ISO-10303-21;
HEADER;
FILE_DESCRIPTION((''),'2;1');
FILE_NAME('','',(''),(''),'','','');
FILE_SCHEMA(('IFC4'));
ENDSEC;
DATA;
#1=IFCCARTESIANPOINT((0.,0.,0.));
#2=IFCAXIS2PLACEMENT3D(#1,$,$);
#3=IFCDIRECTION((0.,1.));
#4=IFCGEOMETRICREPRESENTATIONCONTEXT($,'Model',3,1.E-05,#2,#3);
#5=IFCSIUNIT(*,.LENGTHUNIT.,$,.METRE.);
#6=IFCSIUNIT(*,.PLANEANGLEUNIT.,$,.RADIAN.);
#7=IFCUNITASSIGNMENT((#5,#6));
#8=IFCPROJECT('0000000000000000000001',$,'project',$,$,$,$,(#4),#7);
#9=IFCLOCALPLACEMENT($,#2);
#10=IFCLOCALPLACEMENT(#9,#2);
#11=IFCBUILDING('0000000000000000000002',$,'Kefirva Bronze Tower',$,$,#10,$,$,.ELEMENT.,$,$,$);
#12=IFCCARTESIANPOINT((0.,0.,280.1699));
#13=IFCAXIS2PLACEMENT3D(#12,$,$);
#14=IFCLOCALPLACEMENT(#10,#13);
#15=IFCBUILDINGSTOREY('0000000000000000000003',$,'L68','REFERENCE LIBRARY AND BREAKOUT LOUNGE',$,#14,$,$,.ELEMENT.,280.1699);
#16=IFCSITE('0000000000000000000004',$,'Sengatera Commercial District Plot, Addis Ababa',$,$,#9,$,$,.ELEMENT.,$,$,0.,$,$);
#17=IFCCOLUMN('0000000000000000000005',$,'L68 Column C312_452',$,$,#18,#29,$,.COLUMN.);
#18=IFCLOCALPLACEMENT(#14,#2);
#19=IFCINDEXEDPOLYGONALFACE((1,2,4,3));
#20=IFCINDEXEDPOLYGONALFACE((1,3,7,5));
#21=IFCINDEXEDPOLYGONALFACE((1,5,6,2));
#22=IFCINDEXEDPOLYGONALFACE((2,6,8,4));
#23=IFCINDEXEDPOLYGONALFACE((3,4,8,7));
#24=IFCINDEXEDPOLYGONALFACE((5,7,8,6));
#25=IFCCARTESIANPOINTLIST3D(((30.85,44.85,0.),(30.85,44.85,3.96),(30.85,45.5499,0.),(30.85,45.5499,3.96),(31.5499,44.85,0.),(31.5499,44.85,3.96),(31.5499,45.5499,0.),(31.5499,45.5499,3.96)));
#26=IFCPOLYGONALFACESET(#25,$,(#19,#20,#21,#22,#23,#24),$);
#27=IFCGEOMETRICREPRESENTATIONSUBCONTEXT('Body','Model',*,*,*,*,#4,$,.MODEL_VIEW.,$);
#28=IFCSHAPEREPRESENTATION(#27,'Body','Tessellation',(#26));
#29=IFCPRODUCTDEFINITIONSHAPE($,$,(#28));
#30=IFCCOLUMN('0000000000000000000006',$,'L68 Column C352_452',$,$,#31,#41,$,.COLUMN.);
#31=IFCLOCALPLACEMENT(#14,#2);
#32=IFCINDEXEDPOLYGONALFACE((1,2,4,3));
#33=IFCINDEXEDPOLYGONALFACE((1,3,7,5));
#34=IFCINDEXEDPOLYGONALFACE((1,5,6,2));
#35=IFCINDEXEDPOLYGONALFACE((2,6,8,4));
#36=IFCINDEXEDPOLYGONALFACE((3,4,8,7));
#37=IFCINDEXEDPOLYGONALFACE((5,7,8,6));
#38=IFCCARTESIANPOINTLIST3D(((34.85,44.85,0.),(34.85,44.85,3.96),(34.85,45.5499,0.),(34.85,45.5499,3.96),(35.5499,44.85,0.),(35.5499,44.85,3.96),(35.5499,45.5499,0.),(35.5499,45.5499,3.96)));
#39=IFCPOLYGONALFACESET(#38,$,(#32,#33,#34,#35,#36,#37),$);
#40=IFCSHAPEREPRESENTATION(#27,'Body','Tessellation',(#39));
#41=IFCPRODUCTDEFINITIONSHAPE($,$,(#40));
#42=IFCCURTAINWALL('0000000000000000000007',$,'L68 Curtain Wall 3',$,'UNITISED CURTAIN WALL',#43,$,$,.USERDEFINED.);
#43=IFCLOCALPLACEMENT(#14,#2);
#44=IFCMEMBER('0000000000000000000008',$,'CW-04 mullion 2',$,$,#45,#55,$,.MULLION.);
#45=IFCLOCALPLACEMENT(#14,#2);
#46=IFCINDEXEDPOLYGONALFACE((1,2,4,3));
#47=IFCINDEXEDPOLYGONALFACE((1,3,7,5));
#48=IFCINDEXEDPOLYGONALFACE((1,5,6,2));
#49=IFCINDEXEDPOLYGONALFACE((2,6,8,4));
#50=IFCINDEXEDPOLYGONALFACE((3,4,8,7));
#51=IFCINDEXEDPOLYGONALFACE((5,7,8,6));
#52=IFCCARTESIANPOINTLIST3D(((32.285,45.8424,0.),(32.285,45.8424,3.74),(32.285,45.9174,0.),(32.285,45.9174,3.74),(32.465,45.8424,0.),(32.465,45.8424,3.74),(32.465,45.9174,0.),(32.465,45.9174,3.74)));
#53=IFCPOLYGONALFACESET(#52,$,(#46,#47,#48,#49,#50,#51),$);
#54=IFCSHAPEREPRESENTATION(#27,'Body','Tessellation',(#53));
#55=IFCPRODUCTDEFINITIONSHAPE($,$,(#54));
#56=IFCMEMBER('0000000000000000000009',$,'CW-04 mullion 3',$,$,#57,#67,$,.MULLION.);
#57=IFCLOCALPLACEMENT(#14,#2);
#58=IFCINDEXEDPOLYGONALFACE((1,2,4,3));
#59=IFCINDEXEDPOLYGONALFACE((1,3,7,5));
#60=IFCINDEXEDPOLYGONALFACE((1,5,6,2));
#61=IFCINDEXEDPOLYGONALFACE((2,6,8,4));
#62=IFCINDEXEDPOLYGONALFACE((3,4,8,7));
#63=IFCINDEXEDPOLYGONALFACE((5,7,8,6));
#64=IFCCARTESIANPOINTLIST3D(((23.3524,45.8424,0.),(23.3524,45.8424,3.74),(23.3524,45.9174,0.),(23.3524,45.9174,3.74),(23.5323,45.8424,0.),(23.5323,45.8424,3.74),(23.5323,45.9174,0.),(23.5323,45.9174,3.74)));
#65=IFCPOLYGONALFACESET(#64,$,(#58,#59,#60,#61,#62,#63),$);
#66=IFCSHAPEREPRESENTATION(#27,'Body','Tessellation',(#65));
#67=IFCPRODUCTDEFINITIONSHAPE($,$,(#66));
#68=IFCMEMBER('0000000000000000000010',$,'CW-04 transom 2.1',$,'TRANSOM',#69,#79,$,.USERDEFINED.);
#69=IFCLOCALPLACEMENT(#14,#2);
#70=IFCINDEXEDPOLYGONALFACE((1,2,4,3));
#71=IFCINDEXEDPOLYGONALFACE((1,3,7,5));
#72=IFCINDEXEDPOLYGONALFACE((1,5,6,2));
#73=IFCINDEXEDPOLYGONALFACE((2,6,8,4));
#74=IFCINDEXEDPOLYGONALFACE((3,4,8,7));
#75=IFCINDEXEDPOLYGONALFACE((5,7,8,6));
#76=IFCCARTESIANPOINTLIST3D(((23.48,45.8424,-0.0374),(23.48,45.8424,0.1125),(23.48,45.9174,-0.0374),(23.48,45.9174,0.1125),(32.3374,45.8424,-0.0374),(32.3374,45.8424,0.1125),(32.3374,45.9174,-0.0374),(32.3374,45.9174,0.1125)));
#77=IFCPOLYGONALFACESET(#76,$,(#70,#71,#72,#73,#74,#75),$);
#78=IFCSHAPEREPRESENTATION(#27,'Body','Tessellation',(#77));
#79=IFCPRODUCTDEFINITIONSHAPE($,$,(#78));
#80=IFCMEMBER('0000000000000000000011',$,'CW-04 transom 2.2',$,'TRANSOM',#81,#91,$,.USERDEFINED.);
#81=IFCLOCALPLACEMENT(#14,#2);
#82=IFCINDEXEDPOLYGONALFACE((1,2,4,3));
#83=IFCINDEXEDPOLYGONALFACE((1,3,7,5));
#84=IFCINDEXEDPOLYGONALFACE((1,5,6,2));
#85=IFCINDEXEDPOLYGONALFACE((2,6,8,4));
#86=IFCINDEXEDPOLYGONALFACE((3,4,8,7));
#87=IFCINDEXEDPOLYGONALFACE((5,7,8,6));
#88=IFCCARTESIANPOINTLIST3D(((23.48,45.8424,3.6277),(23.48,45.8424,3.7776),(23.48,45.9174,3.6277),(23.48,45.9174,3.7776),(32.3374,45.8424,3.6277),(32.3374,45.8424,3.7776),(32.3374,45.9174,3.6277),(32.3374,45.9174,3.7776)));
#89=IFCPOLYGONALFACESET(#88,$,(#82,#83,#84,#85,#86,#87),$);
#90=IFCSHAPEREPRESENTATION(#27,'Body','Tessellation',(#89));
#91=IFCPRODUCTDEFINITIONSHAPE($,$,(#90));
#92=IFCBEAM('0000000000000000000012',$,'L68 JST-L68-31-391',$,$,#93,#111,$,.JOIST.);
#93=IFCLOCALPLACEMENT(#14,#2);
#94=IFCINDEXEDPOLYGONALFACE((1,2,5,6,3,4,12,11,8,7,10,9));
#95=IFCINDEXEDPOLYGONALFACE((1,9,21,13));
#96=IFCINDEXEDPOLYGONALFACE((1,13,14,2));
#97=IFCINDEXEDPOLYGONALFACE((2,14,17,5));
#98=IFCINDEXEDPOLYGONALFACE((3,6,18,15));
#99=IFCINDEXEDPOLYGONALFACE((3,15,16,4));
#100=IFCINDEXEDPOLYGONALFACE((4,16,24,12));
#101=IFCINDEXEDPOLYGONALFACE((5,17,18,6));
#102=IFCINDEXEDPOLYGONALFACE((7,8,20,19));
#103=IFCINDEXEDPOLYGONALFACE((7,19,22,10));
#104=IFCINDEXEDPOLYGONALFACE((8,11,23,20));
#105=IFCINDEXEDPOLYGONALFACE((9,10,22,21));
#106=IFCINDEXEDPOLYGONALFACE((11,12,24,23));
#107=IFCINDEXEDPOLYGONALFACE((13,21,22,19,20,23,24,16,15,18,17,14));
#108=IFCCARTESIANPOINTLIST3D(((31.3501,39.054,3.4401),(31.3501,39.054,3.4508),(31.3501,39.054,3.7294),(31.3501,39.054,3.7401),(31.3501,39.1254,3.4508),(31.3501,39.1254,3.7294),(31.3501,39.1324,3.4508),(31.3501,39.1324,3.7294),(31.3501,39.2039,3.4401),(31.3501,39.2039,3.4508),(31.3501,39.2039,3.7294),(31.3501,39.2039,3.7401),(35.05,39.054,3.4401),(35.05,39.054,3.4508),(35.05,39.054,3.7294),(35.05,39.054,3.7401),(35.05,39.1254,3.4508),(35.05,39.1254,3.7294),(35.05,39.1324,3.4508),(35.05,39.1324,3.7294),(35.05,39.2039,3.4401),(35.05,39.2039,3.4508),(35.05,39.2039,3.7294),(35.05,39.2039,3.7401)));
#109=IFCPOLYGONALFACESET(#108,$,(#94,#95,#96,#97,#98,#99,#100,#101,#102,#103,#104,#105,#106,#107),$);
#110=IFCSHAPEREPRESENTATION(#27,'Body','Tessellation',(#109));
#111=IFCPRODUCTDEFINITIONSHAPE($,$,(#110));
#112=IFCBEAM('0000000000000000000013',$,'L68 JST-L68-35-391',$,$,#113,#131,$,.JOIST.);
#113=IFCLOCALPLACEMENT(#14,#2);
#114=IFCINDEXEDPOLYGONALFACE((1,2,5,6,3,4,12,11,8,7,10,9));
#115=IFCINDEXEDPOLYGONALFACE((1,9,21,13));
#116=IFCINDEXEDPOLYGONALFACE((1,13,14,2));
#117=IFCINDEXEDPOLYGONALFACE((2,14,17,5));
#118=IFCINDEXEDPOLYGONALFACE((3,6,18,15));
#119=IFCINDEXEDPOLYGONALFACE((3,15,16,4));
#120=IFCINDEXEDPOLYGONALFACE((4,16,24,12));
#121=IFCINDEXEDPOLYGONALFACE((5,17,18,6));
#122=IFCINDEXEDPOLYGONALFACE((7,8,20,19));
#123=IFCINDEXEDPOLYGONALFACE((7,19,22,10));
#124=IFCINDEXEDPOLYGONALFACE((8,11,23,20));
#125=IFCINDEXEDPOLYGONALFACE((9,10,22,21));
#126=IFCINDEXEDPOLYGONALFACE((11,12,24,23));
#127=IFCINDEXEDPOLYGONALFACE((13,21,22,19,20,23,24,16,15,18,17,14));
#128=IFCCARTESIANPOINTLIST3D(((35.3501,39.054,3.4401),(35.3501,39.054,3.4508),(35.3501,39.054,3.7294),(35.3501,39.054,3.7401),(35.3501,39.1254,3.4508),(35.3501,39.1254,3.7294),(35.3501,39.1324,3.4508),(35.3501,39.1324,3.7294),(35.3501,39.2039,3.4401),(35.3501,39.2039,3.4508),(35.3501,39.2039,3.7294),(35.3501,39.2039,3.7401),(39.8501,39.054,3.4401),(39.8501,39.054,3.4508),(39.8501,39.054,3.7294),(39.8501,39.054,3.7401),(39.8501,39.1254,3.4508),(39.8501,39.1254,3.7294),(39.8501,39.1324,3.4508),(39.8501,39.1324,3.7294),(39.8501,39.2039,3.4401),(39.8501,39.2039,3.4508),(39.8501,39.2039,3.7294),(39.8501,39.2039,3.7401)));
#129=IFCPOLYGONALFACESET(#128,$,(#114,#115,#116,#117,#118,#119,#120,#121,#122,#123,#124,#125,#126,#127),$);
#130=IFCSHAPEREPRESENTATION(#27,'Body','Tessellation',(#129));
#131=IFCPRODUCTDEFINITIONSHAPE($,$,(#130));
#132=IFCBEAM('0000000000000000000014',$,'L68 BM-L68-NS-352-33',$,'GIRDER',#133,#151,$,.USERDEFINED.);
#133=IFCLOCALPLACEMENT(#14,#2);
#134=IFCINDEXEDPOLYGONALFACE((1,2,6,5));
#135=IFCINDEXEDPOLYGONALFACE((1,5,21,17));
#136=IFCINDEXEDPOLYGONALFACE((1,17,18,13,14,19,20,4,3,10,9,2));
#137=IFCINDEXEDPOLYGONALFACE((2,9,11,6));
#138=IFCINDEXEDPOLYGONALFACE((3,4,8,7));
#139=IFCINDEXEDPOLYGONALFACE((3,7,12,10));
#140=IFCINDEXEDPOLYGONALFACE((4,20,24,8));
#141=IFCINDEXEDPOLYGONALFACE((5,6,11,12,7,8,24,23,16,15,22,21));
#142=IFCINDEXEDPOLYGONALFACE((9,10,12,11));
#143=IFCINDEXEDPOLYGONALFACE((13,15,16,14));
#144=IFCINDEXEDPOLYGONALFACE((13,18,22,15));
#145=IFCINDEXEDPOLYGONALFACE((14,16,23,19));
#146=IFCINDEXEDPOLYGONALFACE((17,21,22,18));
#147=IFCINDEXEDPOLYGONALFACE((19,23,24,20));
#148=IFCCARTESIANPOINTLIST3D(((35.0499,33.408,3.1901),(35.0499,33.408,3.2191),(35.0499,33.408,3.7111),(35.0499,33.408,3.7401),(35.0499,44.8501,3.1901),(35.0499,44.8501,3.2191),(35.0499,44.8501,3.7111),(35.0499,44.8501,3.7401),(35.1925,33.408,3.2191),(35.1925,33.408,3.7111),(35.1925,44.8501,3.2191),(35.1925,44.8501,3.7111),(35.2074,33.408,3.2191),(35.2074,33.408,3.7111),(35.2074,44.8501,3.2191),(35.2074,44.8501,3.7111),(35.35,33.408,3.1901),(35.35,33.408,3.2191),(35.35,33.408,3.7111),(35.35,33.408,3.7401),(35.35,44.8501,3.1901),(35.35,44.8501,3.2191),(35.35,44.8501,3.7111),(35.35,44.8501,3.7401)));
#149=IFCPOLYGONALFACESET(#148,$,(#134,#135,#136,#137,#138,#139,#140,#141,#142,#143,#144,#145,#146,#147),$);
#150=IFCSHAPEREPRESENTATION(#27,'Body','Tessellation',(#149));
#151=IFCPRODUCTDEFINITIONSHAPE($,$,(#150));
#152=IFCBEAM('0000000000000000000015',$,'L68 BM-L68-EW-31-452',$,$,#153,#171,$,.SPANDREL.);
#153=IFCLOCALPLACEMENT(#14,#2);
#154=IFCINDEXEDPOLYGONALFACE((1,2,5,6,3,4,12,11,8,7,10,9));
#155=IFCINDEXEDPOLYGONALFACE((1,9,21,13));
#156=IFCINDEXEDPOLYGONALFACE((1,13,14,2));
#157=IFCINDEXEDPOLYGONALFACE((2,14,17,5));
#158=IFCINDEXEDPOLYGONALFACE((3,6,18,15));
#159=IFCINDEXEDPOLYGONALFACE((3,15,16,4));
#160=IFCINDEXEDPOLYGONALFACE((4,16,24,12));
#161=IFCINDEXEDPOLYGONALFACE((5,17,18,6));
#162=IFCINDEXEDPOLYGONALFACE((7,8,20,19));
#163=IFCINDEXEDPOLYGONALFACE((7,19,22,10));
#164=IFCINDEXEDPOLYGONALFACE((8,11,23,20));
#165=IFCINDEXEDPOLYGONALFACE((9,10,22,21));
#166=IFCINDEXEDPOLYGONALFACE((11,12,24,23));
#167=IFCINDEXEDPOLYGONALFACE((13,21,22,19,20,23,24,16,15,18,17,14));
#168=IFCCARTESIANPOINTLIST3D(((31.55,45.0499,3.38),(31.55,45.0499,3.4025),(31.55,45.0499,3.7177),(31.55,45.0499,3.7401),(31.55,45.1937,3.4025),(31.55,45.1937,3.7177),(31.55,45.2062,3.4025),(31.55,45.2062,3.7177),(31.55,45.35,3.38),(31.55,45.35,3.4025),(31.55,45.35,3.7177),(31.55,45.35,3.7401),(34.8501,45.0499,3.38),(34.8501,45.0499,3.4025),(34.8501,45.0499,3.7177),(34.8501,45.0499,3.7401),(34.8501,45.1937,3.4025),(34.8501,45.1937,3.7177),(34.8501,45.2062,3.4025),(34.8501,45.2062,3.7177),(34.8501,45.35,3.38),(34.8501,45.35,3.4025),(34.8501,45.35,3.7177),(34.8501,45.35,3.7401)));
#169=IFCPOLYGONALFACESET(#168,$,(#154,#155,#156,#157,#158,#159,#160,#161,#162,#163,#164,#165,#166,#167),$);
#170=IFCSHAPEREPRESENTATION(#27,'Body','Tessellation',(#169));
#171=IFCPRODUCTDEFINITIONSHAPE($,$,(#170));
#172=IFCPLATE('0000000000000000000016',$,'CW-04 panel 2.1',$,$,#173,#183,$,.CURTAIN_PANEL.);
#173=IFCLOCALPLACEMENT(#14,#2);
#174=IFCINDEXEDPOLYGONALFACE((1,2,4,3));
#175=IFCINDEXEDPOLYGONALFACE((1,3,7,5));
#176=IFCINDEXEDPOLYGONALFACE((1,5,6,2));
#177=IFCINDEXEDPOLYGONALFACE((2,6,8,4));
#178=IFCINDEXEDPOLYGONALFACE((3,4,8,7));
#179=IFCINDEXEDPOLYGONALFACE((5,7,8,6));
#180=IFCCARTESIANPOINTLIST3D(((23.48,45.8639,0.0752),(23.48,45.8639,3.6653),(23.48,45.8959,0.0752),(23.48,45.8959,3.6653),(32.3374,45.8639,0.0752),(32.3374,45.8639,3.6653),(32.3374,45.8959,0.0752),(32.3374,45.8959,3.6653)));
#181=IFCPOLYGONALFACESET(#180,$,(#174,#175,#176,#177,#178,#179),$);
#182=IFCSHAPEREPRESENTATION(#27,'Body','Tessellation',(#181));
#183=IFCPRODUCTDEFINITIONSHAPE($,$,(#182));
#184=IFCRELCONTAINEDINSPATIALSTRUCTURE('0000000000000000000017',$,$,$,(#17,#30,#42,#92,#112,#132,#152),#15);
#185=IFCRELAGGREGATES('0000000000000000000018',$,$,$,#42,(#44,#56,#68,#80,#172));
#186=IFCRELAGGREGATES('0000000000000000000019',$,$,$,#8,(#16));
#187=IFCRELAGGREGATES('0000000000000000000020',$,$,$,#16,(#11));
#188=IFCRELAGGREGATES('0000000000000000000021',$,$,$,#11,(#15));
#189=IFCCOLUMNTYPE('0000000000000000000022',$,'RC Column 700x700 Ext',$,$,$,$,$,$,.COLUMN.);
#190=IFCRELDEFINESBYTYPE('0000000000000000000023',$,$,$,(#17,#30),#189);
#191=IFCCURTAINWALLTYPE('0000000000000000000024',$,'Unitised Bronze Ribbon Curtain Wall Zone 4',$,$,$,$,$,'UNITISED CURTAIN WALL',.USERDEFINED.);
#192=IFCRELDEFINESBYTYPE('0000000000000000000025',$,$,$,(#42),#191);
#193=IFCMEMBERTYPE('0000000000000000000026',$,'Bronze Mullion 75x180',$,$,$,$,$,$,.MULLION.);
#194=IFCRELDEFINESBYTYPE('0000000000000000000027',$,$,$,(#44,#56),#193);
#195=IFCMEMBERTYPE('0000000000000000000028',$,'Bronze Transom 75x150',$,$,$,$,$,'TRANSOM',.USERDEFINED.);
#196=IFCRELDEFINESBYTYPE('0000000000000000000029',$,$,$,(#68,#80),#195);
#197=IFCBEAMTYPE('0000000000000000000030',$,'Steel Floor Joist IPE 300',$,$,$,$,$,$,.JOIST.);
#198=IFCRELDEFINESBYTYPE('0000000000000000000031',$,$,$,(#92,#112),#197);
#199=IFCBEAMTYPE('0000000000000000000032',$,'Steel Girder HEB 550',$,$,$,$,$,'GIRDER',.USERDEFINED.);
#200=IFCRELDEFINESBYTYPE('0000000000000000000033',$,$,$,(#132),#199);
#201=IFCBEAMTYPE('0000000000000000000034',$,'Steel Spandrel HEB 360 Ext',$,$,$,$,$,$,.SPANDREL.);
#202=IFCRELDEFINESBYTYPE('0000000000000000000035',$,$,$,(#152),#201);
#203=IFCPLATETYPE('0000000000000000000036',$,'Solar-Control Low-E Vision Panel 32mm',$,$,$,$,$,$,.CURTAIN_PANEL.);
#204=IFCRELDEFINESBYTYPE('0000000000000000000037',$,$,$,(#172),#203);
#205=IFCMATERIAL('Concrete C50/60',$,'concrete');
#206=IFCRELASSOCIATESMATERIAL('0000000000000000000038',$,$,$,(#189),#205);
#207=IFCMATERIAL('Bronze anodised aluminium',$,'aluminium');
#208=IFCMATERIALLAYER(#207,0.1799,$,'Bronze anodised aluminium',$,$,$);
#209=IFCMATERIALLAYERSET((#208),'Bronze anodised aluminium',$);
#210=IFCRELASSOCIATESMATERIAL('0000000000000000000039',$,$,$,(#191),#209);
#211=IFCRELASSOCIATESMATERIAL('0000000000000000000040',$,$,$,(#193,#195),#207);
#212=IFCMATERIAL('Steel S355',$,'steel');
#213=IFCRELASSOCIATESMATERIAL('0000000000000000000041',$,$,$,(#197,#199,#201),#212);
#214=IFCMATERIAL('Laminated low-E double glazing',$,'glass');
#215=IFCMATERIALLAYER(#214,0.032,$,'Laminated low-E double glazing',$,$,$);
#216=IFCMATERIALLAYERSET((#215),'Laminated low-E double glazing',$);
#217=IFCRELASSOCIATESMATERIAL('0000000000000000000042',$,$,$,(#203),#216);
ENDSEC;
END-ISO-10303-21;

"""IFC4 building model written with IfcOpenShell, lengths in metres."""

from ifc_helpers import new_model, si_unit, direction, frame, origin, origin_2d, place, context, subcontext, project, spatial, rectangle, i_section, extrude, material, layer, layer_set, material_profile, profile_set, type_object, element, aggregate, save


model = new_model("IFC4")

# Units and contexts
model_context = context("Model", 3, precision=1e-05, world=origin(), true_north=direction((0.0, 1.0)))
body_context = subcontext(model_context, "Body", "Model", "MODEL_VIEW")
ifc_project = project(units=[si_unit("LENGTHUNIT", "METRE"), si_unit("PLANEANGLEUNIT", "RADIAN")], contexts=[model_context])

# Site, building, storey
site_placement = place(None, origin())
site = spatial("IfcSite", under=ifc_project, at=site_placement, Name="Sengatera Commercial District Plot, Addis Ababa", CompositionType="ELEMENT", RefElevation=0.0)
building_placement = place(site_placement, origin())
building = spatial("IfcBuilding", under=site, at=building_placement, Name="Kefirva Bronze Tower", CompositionType="ELEMENT")
storey_placement = place(building_placement, frame((0.0, 0.0, 280.1699)))
storey = spatial("IfcBuildingStorey", under=building, at=storey_placement, Name="L68", Description="REFERENCE LIBRARY AND BREAKOUT LOUNGE", CompositionType="ELEMENT", Elevation=280.1699)

# Columns
ifc_material_1 = material(Name="Concrete C50/60", Category="concrete")
ifc_material_profile_1 = material_profile(ifc_material_1, rectangle(XDim=0.7, YDim=0.7, at=origin_2d()), Name="RC 700x700")
ifc_profile_set_1 = profile_set([ifc_material_profile_1], Name="Concrete C50/60")
column_type = type_object("IfcColumnType", Name="RC Column 700x700 Ext", PredefinedType="COLUMN", material=ifc_profile_set_1)
for number, where, z_axis, x_axis, name in (
    (1, (31.2, 45.2, 0.0), (0.0, 0.0, 1.0), (1.0, 0.0, 0.0), "L68 Column C312_452"),
    (2, (35.2, 45.2, 0.0), (0.0, 0.0, 1.0), (1.0, 0.0, 0.0), "L68 Column C352_452"),
):
    element("IfcColumn", number, at=place(storey_placement, frame(where, z_axis=z_axis, x_axis=x_axis)), inside=storey, type_object=column_type, Name=name, PredefinedType="COLUMN", context=body_context, shape_type="SweptSolid", body=[
        extrude(rectangle(XDim=0.7, YDim=0.7, at=origin_2d()), origin(), (0.0, 0.0, 1.0), 3.96),
    ])

# Curtain wall, members
ifc_material_2 = material(Name="Bronze anodised aluminium", Category="aluminium")
ifc_layer_1 = layer(ifc_material_2, 0.1799, Name="Bronze anodised aluminium")
ifc_layer_set_1 = layer_set([ifc_layer_1], Name="Bronze anodised aluminium")
curtain_wall_type = type_object("IfcCurtainWallType", Name="Unitised Bronze Ribbon Curtain Wall Zone 4", ElementType="UNITISED CURTAIN WALL", PredefinedType="USERDEFINED", material=ifc_layer_set_1)
curtain_wall_placement = place(storey_placement, origin())
curtain_wall = element("IfcCurtainWall", 3, at=curtain_wall_placement, inside=storey, type_object=curtain_wall_type, Name="L68 Curtain Wall 3", ObjectType="UNITISED CURTAIN WALL", PredefinedType="USERDEFINED")
ifc_material_profile_2 = material_profile(ifc_material_2, rectangle(XDim=0.075, YDim=0.1799, at=origin_2d()), Name="ALU 75x180")
ifc_profile_set_2 = profile_set([ifc_material_profile_2], Name="Bronze anodised aluminium")
member_type_1 = type_object("IfcMemberType", Name="Bronze Mullion 75x180", PredefinedType="MULLION", material=ifc_profile_set_2)
member_1_placement = place(storey_placement, frame((32.375, 45.8799, 0.0), z_axis=(0.0, 0.0, 1.0), x_axis=(0.0, -1.0, 0.0)))
member_1 = element("IfcMember", 4, at=member_1_placement, type_object=member_type_1, Name="CW-04 mullion 2", PredefinedType="MULLION", context=body_context, shape_type="SweptSolid", body=[
    extrude(rectangle(XDim=0.075, YDim=0.1799, at=origin_2d()), origin(), (0.0, 0.0, 1.0), 3.74),
])
member_2_placement = place(storey_placement, frame((23.4424, 45.8799, 0.0), z_axis=(0.0, 0.0, 1.0), x_axis=(0.0, -1.0, 0.0)))
member_2 = element("IfcMember", 5, at=member_2_placement, type_object=member_type_1, Name="CW-04 mullion 3", PredefinedType="MULLION", context=body_context, shape_type="SweptSolid", body=[
    extrude(rectangle(XDim=0.075, YDim=0.1799, at=origin_2d()), origin(), (0.0, 0.0, 1.0), 3.74),
])
ifc_material_profile_3 = material_profile(ifc_material_2, rectangle(XDim=0.075, YDim=0.1499, at=origin_2d()), Name="ALU 75x150")
ifc_profile_set_3 = profile_set([ifc_material_profile_3], Name="Bronze anodised aluminium")
member_type_2 = type_object("IfcMemberType", Name="Bronze Transom 75x150", ElementType="TRANSOM", PredefinedType="USERDEFINED", material=ifc_profile_set_3)
member_3_placement = place(storey_placement, frame((32.3374, 45.8799, 0.0376), z_axis=(-1.0, 0.0, 0.0), x_axis=(0.0, -1.0, 0.0)))
member_3 = element("IfcMember", 6, at=member_3_placement, type_object=member_type_2, Name="CW-04 transom 2.1", ObjectType="TRANSOM", PredefinedType="USERDEFINED", context=body_context, shape_type="SweptSolid", body=[
    extrude(rectangle(XDim=0.075, YDim=0.1499, at=origin_2d()), origin(), (0.0, 0.0, 1.0), 8.8574),
])
member_4_placement = place(storey_placement, frame((32.3374, 45.8799, 3.7026), z_axis=(-1.0, 0.0, 0.0), x_axis=(0.0, -1.0, 0.0)))
member_4 = element("IfcMember", 7, at=member_4_placement, type_object=member_type_2, Name="CW-04 transom 2.2", ObjectType="TRANSOM", PredefinedType="USERDEFINED", context=body_context, shape_type="SweptSolid", body=[
    extrude(rectangle(XDim=0.075, YDim=0.1499, at=origin_2d()), origin(), (0.0, 0.0, 1.0), 8.8574),
])

# Beams
ifc_material_3 = material(Name="Steel S355", Category="steel")
ifc_material_profile_4 = material_profile(ifc_material_3, i_section(OverallWidth=0.1499, OverallDepth=0.3, WebThickness=0.0071, FlangeThickness=0.0107, at=origin_2d()), Name="IPE 300")
ifc_profile_set_4 = profile_set([ifc_material_profile_4], Name="Steel S355")
beam_type_1 = type_object("IfcBeamType", Name="Steel Floor Joist IPE 300", PredefinedType="JOIST", material=ifc_profile_set_4)
beam_1_placement = place(storey_placement, frame((31.3501, 39.1289, 3.5901), z_axis=(1.0, 0.0, 0.0), x_axis=(0.0, 1.0, 0.0)))
element("IfcBeam", 8, at=beam_1_placement, inside=storey, type_object=beam_type_1, Name="L68 JST-L68-31-391", PredefinedType="JOIST", context=body_context, shape_type="SweptSolid", body=[
    extrude(i_section(OverallWidth=0.1499, OverallDepth=0.3, WebThickness=0.0071, FlangeThickness=0.0107, at=origin_2d()), origin(), (0.0, 0.0, 1.0), 3.7),
])
beam_2_placement = place(storey_placement, frame((35.3501, 39.1289, 3.5901), z_axis=(1.0, 0.0, 0.0), x_axis=(0.0, 1.0, 0.0)))
element("IfcBeam", 9, at=beam_2_placement, inside=storey, type_object=beam_type_1, Name="L68 JST-L68-35-391", PredefinedType="JOIST", context=body_context, shape_type="SweptSolid", body=[
    extrude(i_section(OverallWidth=0.1499, OverallDepth=0.3, WebThickness=0.0071, FlangeThickness=0.0107, at=origin_2d()), origin(), (0.0, 0.0, 1.0), 4.5),
])
ifc_material_profile_5 = material_profile(ifc_material_3, i_section(OverallWidth=0.3, OverallDepth=0.55, WebThickness=0.0149, FlangeThickness=0.0291, at=origin_2d()), Name="HEB 550")
ifc_profile_set_5 = profile_set([ifc_material_profile_5], Name="Steel S355")
beam_type_2 = type_object("IfcBeamType", Name="Steel Girder HEB 550", ElementType="GIRDER", PredefinedType="USERDEFINED", material=ifc_profile_set_5)
beam_3_placement = place(storey_placement, frame((35.2, 33.408, 3.4651), z_axis=(0.0, 1.0, 0.0), x_axis=(-1.0, 0.0, 0.0)))
element("IfcBeam", 10, at=beam_3_placement, inside=storey, type_object=beam_type_2, Name="L68 BM-L68-NS-352-33", ObjectType="GIRDER", PredefinedType="USERDEFINED", context=body_context, shape_type="SweptSolid", body=[
    extrude(i_section(OverallWidth=0.3, OverallDepth=0.55, WebThickness=0.0149, FlangeThickness=0.0291, at=origin_2d()), origin(), (0.0, 0.0, 1.0), 11.4421),
])
ifc_material_profile_6 = material_profile(ifc_material_3, i_section(OverallWidth=0.3, OverallDepth=0.3601, WebThickness=0.0125, FlangeThickness=0.0225, at=origin_2d()), Name="HEB 360")
ifc_profile_set_6 = profile_set([ifc_material_profile_6], Name="Steel S355")
beam_type_3 = type_object("IfcBeamType", Name="Steel Spandrel HEB 360 Ext", PredefinedType="SPANDREL", material=ifc_profile_set_6)
beam_4_placement = place(storey_placement, frame((31.55, 45.2, 3.5601), z_axis=(1.0, 0.0, 0.0), x_axis=(0.0, 1.0, 0.0)))
element("IfcBeam", 11, at=beam_4_placement, inside=storey, type_object=beam_type_3, Name="L68 BM-L68-EW-31-452", PredefinedType="SPANDREL", context=body_context, shape_type="SweptSolid", body=[
    extrude(i_section(OverallWidth=0.3, OverallDepth=0.3601, WebThickness=0.0125, FlangeThickness=0.0225, at=origin_2d()), origin(), (0.0, 0.0, 1.0), 3.3),
])

# Plate
ifc_material_4 = material(Name="Laminated low-E double glazing", Category="glass")
ifc_layer_2 = layer(ifc_material_4, 0.032, Name="Laminated low-E double glazing")
ifc_layer_set_2 = layer_set([ifc_layer_2], Name="Laminated low-E double glazing")
plate_type = type_object("IfcPlateType", Name="Solar-Control Low-E Vision Panel 32mm", PredefinedType="CURTAIN_PANEL", material=ifc_layer_set_2)
plate_placement = place(storey_placement, frame((27.9087, 45.8799, 0.0752), z_axis=(0.0, 0.0, 1.0), x_axis=(-1.0, 0.0, 0.0)))
plate = element("IfcPlate", 12, at=plate_placement, type_object=plate_type, Name="CW-04 panel 2.1", PredefinedType="CURTAIN_PANEL", context=body_context, shape_type="SweptSolid", body=[
    extrude(rectangle(XDim=8.8574, YDim=0.032, at=origin_2d()), origin(), (0.0, 0.0, 1.0), 3.5901),
])
aggregate(curtain_wall, [member_1, member_2, member_3, member_4, plate])

save(model, "model.ifc")
